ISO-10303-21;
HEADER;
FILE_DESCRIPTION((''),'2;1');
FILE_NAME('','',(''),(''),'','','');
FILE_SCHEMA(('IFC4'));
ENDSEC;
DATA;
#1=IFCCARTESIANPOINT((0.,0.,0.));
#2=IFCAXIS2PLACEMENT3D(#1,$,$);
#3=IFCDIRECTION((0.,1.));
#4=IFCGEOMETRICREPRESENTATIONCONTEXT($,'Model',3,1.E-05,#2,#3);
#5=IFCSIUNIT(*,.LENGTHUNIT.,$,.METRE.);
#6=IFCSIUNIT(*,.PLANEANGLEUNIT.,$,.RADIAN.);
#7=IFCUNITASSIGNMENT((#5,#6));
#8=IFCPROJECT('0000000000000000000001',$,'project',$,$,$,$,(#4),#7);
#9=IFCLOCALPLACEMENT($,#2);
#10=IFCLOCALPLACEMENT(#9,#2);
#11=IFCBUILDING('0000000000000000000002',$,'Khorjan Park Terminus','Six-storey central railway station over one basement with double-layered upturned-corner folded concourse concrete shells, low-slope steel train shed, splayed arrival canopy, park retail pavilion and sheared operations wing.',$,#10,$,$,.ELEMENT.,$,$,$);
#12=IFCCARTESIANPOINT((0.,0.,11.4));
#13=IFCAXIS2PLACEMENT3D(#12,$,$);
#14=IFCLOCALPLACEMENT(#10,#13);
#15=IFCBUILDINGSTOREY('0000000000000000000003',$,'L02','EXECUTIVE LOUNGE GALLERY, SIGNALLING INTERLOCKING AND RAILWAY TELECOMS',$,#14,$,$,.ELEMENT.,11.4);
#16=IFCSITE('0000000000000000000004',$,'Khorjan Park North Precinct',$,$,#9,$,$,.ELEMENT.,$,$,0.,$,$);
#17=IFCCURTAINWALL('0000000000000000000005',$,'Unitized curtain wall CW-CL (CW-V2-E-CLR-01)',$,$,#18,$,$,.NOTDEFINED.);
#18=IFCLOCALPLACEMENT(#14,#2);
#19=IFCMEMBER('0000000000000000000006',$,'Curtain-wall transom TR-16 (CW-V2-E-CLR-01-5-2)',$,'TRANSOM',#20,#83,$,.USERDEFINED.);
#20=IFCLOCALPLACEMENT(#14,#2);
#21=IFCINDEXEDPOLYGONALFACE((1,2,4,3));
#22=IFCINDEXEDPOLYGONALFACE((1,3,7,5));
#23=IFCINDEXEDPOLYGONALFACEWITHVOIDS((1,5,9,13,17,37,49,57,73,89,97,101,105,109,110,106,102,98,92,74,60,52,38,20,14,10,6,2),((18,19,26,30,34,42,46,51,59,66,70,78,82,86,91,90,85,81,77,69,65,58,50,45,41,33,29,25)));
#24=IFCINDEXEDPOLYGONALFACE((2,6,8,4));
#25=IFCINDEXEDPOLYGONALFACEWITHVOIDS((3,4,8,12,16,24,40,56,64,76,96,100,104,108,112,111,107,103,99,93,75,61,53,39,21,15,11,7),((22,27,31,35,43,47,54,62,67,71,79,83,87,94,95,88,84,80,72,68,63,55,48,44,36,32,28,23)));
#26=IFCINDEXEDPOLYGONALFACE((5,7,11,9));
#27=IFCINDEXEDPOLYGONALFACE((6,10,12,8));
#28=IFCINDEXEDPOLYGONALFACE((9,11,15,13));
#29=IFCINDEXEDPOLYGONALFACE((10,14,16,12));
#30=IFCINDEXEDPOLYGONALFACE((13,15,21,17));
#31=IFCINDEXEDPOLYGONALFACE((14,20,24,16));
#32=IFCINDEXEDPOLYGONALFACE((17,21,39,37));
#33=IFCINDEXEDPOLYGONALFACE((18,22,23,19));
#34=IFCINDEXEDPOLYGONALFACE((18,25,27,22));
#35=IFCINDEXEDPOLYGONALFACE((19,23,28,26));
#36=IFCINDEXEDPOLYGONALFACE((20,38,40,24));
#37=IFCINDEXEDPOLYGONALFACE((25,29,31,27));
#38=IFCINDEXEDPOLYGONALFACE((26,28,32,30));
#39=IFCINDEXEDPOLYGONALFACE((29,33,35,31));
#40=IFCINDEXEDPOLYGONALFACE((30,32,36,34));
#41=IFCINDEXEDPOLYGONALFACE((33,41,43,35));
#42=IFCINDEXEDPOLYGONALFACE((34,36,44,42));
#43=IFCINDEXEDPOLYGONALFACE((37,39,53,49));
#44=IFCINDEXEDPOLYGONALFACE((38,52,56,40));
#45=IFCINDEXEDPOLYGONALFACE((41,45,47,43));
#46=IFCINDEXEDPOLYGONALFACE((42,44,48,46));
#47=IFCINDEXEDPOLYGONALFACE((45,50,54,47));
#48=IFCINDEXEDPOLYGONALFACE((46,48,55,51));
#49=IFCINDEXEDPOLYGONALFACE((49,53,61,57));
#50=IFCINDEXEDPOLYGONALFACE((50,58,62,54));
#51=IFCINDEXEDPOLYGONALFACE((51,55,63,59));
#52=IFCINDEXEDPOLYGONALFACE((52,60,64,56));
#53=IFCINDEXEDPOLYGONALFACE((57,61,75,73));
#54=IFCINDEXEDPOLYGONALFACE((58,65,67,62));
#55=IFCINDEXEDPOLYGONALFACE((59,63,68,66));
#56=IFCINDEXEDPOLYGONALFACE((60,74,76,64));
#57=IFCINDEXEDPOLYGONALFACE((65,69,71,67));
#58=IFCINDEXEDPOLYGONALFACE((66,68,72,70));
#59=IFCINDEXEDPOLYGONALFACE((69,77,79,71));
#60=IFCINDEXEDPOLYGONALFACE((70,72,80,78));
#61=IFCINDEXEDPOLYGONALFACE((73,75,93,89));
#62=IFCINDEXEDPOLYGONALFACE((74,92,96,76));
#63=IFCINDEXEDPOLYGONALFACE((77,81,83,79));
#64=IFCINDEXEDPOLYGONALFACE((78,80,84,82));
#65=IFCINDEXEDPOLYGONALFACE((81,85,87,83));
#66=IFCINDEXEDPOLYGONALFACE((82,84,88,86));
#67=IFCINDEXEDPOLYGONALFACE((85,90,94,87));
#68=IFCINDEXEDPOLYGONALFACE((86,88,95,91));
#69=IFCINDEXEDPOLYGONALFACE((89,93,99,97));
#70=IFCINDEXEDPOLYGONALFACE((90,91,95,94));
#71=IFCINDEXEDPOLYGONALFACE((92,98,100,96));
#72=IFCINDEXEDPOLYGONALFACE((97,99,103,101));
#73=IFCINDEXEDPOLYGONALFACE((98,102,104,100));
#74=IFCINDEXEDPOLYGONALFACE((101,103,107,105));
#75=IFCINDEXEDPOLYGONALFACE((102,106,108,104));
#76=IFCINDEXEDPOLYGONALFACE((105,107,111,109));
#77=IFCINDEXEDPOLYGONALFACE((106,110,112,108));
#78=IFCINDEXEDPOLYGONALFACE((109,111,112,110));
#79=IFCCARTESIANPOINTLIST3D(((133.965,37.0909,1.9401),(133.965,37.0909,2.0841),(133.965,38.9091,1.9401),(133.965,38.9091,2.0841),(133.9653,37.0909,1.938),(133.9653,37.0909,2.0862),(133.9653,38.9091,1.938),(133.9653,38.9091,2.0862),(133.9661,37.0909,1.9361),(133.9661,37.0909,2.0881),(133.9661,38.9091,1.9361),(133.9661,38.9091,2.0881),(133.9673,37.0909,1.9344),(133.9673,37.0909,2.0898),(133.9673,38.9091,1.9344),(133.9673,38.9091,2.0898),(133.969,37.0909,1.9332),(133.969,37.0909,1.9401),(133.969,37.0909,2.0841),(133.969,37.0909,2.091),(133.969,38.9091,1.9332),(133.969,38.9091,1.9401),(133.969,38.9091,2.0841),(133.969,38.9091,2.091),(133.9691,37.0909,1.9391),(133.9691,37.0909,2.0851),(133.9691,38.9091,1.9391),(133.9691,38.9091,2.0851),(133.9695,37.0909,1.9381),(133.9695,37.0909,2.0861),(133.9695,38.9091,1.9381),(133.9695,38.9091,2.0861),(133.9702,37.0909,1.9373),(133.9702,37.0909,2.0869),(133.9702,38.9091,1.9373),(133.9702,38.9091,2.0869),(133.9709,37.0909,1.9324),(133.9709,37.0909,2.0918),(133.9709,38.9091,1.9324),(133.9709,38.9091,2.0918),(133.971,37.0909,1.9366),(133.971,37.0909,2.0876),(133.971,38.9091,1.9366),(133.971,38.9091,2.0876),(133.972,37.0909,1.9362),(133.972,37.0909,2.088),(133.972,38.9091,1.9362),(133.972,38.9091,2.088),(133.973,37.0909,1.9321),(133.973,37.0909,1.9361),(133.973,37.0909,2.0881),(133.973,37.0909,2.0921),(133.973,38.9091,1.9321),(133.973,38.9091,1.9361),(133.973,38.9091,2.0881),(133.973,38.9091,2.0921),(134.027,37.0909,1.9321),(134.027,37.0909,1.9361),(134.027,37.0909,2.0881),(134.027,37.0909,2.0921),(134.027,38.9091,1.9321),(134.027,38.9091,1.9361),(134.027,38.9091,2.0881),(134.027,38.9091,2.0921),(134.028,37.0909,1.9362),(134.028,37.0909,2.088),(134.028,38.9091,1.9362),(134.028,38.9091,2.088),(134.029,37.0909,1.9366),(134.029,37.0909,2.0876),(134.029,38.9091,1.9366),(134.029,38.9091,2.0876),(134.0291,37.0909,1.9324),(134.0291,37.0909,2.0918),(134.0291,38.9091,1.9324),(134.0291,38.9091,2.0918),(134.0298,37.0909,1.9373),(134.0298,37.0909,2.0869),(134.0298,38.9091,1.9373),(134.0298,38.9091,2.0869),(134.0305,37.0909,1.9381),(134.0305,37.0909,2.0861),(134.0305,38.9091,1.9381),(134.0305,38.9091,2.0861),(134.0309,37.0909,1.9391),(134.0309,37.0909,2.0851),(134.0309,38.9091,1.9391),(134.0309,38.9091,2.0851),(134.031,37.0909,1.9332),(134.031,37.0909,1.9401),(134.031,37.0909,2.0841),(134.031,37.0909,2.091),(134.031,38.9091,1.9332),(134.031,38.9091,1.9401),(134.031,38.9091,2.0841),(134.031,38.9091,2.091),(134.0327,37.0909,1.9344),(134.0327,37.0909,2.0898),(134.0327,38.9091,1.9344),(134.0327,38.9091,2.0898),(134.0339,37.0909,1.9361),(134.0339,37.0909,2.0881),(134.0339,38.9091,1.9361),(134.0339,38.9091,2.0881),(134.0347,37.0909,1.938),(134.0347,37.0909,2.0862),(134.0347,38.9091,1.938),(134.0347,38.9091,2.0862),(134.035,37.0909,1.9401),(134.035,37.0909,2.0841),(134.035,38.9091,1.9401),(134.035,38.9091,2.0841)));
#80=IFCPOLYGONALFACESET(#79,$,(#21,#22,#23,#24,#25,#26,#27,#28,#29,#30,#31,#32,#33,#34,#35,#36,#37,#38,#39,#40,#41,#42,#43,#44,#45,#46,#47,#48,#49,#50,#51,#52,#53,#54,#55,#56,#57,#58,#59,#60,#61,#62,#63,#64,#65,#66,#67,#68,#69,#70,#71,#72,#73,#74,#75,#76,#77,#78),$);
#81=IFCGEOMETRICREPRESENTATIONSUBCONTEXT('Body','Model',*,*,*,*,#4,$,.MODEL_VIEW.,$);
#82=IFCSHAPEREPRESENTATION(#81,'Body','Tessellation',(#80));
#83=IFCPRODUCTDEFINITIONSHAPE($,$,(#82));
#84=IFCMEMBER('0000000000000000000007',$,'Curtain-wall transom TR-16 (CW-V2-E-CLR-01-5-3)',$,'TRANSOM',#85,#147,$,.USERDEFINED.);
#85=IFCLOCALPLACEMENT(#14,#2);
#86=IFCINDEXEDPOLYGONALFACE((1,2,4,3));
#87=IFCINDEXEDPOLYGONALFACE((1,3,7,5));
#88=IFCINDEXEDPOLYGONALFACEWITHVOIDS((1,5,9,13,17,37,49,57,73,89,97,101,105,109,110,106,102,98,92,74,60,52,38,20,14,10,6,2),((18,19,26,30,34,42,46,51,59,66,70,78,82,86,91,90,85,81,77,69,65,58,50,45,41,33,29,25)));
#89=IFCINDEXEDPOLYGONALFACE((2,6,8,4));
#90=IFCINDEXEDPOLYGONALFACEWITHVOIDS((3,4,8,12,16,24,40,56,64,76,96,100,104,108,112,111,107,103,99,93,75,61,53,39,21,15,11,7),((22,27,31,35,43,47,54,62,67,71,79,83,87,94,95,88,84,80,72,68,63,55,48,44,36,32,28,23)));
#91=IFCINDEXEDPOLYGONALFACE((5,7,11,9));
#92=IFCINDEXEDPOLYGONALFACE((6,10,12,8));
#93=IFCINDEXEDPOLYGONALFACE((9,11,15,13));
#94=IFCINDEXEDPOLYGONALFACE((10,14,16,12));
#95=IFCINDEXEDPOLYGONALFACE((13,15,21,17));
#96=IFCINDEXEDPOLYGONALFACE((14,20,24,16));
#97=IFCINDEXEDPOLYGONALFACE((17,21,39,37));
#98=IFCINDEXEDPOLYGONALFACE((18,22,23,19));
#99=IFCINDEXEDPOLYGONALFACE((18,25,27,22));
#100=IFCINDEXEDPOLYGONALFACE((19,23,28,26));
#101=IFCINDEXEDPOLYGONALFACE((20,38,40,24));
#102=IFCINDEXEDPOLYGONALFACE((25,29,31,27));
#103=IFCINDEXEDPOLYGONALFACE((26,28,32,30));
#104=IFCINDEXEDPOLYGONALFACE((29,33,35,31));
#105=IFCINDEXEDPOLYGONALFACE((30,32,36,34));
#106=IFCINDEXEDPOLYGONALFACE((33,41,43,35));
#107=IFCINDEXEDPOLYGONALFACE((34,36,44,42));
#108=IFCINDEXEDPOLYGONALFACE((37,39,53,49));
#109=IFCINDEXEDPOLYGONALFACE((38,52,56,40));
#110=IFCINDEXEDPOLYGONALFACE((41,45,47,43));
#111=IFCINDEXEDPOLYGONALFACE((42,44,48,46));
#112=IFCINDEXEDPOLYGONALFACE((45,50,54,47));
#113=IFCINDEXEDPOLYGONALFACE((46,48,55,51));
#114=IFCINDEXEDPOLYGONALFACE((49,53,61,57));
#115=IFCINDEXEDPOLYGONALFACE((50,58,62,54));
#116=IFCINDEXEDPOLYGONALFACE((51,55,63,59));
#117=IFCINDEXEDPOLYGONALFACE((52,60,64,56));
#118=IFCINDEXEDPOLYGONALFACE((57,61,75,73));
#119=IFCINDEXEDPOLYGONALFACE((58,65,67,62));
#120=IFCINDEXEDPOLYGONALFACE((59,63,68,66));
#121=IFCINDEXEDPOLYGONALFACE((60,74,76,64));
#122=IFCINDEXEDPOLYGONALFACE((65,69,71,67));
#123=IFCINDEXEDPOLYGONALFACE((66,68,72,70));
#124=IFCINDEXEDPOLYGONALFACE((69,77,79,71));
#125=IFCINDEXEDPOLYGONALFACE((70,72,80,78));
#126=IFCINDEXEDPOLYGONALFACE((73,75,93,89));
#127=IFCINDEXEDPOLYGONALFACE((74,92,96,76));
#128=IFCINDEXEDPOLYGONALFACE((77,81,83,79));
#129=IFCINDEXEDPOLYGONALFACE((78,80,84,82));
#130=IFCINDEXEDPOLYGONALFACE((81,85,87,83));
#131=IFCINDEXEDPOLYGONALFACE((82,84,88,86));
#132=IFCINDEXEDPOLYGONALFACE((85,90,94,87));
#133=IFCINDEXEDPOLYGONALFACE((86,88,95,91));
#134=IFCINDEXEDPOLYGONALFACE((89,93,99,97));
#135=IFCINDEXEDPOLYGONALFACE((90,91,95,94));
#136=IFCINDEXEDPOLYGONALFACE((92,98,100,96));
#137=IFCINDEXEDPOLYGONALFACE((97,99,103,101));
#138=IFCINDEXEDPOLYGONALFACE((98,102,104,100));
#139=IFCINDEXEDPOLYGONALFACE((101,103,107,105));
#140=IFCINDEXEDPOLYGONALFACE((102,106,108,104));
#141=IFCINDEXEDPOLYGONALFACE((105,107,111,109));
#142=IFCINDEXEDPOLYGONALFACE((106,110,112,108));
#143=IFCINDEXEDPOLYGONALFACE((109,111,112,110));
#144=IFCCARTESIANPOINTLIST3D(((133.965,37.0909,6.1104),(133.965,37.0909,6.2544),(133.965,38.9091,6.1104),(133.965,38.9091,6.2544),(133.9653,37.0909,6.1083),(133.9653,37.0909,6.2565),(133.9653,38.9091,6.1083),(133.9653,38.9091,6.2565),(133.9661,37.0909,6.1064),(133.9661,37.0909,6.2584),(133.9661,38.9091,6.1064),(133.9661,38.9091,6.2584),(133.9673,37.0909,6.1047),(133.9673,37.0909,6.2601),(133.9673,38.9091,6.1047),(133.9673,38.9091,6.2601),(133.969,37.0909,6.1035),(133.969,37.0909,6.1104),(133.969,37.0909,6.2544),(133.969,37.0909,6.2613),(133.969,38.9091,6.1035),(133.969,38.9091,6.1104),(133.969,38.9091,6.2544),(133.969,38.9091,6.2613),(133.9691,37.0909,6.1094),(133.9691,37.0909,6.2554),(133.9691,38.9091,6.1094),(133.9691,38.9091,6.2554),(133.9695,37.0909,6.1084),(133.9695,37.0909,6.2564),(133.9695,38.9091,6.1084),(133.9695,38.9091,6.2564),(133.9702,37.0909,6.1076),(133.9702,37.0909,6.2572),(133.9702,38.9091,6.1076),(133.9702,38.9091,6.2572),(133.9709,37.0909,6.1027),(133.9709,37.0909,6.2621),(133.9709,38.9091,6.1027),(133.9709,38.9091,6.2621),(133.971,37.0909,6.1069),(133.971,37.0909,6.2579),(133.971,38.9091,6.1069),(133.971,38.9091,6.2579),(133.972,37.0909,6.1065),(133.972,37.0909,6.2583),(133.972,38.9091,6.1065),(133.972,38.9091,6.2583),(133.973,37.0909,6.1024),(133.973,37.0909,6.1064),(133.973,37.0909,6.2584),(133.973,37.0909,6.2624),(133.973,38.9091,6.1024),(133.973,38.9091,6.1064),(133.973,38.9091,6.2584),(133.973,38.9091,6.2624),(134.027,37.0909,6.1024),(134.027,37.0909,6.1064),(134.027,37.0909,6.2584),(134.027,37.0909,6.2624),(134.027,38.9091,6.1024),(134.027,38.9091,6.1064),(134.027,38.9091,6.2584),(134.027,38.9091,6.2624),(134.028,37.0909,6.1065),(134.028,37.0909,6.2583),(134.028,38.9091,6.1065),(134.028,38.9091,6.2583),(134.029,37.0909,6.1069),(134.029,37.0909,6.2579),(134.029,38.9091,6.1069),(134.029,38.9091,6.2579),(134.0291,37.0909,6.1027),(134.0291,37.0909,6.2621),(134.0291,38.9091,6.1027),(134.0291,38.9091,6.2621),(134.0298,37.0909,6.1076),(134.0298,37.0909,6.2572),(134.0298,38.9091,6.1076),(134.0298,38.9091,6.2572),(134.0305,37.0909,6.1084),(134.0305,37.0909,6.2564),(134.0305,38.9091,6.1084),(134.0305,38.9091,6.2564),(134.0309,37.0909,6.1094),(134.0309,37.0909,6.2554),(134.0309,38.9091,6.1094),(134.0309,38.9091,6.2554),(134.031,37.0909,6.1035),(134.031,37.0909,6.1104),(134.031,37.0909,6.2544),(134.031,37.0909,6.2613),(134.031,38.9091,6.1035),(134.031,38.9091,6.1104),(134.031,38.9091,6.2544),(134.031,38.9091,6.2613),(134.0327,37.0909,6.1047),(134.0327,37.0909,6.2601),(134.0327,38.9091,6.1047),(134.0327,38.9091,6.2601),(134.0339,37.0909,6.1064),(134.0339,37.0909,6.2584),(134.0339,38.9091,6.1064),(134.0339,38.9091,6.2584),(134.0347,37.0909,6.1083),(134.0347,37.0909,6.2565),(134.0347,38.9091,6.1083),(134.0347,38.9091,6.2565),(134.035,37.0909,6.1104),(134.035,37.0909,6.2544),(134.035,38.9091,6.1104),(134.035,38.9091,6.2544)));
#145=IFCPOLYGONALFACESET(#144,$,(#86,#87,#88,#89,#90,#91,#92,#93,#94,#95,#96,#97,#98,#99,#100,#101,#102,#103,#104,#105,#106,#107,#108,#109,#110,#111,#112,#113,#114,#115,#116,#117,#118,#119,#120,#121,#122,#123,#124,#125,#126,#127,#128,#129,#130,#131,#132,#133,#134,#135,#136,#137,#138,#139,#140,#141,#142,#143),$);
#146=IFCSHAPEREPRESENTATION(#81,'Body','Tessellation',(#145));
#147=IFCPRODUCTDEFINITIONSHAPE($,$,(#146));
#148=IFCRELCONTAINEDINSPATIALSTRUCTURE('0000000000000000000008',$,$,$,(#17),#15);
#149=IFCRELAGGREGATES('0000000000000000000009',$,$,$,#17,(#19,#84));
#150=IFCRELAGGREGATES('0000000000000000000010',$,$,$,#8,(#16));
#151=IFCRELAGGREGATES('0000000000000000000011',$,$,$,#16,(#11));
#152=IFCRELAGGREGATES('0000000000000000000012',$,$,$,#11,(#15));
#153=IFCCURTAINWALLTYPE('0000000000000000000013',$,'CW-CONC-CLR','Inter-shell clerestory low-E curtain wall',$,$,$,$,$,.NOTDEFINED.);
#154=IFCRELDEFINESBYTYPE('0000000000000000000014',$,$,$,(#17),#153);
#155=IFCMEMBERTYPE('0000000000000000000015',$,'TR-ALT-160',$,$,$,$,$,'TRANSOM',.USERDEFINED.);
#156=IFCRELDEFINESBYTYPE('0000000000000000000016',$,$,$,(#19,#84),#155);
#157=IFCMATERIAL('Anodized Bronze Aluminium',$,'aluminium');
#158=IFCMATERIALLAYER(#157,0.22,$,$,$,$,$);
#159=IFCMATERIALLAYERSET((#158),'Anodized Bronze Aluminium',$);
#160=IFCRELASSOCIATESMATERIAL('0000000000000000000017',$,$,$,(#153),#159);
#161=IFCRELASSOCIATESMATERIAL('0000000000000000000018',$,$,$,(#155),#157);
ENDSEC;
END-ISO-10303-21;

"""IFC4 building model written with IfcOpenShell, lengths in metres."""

from ifc_helpers import new_model, si_unit, direction, frame, origin, origin_2d, place, context, subcontext, project, spatial, hollow_rectangle, extrude, material, layer, layer_set, material_profile, profile_set, type_object, element, aggregate, save


model = new_model("IFC4")

# Units and contexts
model_context = context("Model", 3, precision=1e-05, world=origin(), true_north=direction((0.0, 1.0)))
body_context = subcontext(model_context, "Body", "Model", "MODEL_VIEW")
ifc_project = project(units=[si_unit("LENGTHUNIT", "METRE"), si_unit("PLANEANGLEUNIT", "RADIAN")], contexts=[model_context])

# Site, building, storey
site_placement = place(None, origin())
site = spatial("IfcSite", under=ifc_project, at=site_placement, Name="Khorjan Park North Precinct", CompositionType="ELEMENT", RefElevation=0.0)
building_placement = place(site_placement, origin())
building = spatial("IfcBuilding", under=site, at=building_placement, Name="Khorjan Park Terminus", Description="Six-storey central railway station over one basement with double-layered upturned-corner folded concourse concrete shells, low-slope steel train shed, splayed arrival canopy, park retail pavilion and sheared operations wing.", CompositionType="ELEMENT")
storey_placement = place(building_placement, frame((0.0, 0.0, 11.4)))
storey = spatial("IfcBuildingStorey", under=building, at=storey_placement, Name="L02", Description="EXECUTIVE LOUNGE GALLERY, SIGNALLING INTERLOCKING AND RAILWAY TELECOMS", CompositionType="ELEMENT", Elevation=11.4)

# Curtain wall, members
ifc_material_1 = material(Name="Anodized Bronze Aluminium", Category="aluminium")
ifc_layer_1 = layer(ifc_material_1, 0.22)
ifc_layer_set_1 = layer_set([ifc_layer_1], Name="Anodized Bronze Aluminium")
curtain_wall_type = type_object("IfcCurtainWallType", Name="CW-CONC-CLR", Description="Inter-shell clerestory low-E curtain wall", PredefinedType="NOTDEFINED", material=ifc_layer_set_1)
curtain_wall_placement = place(storey_placement, origin())
curtain_wall = element("IfcCurtainWall", 1, at=curtain_wall_placement, inside=storey, type_object=curtain_wall_type, Name="Unitized curtain wall CW-CL (CW-V2-E-CLR-01)", PredefinedType="NOTDEFINED")
ifc_material_profile = material_profile(ifc_material_1, hollow_rectangle(XDim=0.07, YDim=0.16, WallThickness=0.004, InnerFilletRadius=0.004, OuterFilletRadius=0.008, at=origin_2d()), Name="ALT 70x160x4")
ifc_profile_set = profile_set([ifc_material_profile], Name="Anodized Bronze Aluminium")
member_type = type_object("IfcMemberType", Name="TR-ALT-160", ElementType="TRANSOM", PredefinedType="USERDEFINED", material=ifc_profile_set)
member_1_placement = place(storey_placement, frame((134.0, 37.0909, 2.0121), z_axis=(0.0, 1.0, 0.0), x_axis=(-1.0, 0.0, 0.0)))
member_1 = element("IfcMember", 2, at=member_1_placement, type_object=member_type, Name="Curtain-wall transom TR-16 (CW-V2-E-CLR-01-5-2)", ObjectType="TRANSOM", PredefinedType="USERDEFINED", context=body_context, shape_type="SweptSolid", body=[
    extrude(hollow_rectangle(XDim=0.07, YDim=0.16, WallThickness=0.004, InnerFilletRadius=0.004, OuterFilletRadius=0.008, at=origin_2d()), origin(), (0.0, 0.0, 1.0), 1.8182),
])
member_2_placement = place(storey_placement, frame((134.0, 37.0909, 6.1824), z_axis=(0.0, 1.0, 0.0), x_axis=(-1.0, 0.0, 0.0)))
member_2 = element("IfcMember", 3, at=member_2_placement, type_object=member_type, Name="Curtain-wall transom TR-16 (CW-V2-E-CLR-01-5-3)", ObjectType="TRANSOM", PredefinedType="USERDEFINED", context=body_context, shape_type="SweptSolid", body=[
    extrude(hollow_rectangle(XDim=0.07, YDim=0.16, WallThickness=0.004, InnerFilletRadius=0.004, OuterFilletRadius=0.008, at=origin_2d()), origin(), (0.0, 0.0, 1.0), 1.8182),
])
aggregate(curtain_wall, [member_1, member_2])

save(model, "model.ifc")
